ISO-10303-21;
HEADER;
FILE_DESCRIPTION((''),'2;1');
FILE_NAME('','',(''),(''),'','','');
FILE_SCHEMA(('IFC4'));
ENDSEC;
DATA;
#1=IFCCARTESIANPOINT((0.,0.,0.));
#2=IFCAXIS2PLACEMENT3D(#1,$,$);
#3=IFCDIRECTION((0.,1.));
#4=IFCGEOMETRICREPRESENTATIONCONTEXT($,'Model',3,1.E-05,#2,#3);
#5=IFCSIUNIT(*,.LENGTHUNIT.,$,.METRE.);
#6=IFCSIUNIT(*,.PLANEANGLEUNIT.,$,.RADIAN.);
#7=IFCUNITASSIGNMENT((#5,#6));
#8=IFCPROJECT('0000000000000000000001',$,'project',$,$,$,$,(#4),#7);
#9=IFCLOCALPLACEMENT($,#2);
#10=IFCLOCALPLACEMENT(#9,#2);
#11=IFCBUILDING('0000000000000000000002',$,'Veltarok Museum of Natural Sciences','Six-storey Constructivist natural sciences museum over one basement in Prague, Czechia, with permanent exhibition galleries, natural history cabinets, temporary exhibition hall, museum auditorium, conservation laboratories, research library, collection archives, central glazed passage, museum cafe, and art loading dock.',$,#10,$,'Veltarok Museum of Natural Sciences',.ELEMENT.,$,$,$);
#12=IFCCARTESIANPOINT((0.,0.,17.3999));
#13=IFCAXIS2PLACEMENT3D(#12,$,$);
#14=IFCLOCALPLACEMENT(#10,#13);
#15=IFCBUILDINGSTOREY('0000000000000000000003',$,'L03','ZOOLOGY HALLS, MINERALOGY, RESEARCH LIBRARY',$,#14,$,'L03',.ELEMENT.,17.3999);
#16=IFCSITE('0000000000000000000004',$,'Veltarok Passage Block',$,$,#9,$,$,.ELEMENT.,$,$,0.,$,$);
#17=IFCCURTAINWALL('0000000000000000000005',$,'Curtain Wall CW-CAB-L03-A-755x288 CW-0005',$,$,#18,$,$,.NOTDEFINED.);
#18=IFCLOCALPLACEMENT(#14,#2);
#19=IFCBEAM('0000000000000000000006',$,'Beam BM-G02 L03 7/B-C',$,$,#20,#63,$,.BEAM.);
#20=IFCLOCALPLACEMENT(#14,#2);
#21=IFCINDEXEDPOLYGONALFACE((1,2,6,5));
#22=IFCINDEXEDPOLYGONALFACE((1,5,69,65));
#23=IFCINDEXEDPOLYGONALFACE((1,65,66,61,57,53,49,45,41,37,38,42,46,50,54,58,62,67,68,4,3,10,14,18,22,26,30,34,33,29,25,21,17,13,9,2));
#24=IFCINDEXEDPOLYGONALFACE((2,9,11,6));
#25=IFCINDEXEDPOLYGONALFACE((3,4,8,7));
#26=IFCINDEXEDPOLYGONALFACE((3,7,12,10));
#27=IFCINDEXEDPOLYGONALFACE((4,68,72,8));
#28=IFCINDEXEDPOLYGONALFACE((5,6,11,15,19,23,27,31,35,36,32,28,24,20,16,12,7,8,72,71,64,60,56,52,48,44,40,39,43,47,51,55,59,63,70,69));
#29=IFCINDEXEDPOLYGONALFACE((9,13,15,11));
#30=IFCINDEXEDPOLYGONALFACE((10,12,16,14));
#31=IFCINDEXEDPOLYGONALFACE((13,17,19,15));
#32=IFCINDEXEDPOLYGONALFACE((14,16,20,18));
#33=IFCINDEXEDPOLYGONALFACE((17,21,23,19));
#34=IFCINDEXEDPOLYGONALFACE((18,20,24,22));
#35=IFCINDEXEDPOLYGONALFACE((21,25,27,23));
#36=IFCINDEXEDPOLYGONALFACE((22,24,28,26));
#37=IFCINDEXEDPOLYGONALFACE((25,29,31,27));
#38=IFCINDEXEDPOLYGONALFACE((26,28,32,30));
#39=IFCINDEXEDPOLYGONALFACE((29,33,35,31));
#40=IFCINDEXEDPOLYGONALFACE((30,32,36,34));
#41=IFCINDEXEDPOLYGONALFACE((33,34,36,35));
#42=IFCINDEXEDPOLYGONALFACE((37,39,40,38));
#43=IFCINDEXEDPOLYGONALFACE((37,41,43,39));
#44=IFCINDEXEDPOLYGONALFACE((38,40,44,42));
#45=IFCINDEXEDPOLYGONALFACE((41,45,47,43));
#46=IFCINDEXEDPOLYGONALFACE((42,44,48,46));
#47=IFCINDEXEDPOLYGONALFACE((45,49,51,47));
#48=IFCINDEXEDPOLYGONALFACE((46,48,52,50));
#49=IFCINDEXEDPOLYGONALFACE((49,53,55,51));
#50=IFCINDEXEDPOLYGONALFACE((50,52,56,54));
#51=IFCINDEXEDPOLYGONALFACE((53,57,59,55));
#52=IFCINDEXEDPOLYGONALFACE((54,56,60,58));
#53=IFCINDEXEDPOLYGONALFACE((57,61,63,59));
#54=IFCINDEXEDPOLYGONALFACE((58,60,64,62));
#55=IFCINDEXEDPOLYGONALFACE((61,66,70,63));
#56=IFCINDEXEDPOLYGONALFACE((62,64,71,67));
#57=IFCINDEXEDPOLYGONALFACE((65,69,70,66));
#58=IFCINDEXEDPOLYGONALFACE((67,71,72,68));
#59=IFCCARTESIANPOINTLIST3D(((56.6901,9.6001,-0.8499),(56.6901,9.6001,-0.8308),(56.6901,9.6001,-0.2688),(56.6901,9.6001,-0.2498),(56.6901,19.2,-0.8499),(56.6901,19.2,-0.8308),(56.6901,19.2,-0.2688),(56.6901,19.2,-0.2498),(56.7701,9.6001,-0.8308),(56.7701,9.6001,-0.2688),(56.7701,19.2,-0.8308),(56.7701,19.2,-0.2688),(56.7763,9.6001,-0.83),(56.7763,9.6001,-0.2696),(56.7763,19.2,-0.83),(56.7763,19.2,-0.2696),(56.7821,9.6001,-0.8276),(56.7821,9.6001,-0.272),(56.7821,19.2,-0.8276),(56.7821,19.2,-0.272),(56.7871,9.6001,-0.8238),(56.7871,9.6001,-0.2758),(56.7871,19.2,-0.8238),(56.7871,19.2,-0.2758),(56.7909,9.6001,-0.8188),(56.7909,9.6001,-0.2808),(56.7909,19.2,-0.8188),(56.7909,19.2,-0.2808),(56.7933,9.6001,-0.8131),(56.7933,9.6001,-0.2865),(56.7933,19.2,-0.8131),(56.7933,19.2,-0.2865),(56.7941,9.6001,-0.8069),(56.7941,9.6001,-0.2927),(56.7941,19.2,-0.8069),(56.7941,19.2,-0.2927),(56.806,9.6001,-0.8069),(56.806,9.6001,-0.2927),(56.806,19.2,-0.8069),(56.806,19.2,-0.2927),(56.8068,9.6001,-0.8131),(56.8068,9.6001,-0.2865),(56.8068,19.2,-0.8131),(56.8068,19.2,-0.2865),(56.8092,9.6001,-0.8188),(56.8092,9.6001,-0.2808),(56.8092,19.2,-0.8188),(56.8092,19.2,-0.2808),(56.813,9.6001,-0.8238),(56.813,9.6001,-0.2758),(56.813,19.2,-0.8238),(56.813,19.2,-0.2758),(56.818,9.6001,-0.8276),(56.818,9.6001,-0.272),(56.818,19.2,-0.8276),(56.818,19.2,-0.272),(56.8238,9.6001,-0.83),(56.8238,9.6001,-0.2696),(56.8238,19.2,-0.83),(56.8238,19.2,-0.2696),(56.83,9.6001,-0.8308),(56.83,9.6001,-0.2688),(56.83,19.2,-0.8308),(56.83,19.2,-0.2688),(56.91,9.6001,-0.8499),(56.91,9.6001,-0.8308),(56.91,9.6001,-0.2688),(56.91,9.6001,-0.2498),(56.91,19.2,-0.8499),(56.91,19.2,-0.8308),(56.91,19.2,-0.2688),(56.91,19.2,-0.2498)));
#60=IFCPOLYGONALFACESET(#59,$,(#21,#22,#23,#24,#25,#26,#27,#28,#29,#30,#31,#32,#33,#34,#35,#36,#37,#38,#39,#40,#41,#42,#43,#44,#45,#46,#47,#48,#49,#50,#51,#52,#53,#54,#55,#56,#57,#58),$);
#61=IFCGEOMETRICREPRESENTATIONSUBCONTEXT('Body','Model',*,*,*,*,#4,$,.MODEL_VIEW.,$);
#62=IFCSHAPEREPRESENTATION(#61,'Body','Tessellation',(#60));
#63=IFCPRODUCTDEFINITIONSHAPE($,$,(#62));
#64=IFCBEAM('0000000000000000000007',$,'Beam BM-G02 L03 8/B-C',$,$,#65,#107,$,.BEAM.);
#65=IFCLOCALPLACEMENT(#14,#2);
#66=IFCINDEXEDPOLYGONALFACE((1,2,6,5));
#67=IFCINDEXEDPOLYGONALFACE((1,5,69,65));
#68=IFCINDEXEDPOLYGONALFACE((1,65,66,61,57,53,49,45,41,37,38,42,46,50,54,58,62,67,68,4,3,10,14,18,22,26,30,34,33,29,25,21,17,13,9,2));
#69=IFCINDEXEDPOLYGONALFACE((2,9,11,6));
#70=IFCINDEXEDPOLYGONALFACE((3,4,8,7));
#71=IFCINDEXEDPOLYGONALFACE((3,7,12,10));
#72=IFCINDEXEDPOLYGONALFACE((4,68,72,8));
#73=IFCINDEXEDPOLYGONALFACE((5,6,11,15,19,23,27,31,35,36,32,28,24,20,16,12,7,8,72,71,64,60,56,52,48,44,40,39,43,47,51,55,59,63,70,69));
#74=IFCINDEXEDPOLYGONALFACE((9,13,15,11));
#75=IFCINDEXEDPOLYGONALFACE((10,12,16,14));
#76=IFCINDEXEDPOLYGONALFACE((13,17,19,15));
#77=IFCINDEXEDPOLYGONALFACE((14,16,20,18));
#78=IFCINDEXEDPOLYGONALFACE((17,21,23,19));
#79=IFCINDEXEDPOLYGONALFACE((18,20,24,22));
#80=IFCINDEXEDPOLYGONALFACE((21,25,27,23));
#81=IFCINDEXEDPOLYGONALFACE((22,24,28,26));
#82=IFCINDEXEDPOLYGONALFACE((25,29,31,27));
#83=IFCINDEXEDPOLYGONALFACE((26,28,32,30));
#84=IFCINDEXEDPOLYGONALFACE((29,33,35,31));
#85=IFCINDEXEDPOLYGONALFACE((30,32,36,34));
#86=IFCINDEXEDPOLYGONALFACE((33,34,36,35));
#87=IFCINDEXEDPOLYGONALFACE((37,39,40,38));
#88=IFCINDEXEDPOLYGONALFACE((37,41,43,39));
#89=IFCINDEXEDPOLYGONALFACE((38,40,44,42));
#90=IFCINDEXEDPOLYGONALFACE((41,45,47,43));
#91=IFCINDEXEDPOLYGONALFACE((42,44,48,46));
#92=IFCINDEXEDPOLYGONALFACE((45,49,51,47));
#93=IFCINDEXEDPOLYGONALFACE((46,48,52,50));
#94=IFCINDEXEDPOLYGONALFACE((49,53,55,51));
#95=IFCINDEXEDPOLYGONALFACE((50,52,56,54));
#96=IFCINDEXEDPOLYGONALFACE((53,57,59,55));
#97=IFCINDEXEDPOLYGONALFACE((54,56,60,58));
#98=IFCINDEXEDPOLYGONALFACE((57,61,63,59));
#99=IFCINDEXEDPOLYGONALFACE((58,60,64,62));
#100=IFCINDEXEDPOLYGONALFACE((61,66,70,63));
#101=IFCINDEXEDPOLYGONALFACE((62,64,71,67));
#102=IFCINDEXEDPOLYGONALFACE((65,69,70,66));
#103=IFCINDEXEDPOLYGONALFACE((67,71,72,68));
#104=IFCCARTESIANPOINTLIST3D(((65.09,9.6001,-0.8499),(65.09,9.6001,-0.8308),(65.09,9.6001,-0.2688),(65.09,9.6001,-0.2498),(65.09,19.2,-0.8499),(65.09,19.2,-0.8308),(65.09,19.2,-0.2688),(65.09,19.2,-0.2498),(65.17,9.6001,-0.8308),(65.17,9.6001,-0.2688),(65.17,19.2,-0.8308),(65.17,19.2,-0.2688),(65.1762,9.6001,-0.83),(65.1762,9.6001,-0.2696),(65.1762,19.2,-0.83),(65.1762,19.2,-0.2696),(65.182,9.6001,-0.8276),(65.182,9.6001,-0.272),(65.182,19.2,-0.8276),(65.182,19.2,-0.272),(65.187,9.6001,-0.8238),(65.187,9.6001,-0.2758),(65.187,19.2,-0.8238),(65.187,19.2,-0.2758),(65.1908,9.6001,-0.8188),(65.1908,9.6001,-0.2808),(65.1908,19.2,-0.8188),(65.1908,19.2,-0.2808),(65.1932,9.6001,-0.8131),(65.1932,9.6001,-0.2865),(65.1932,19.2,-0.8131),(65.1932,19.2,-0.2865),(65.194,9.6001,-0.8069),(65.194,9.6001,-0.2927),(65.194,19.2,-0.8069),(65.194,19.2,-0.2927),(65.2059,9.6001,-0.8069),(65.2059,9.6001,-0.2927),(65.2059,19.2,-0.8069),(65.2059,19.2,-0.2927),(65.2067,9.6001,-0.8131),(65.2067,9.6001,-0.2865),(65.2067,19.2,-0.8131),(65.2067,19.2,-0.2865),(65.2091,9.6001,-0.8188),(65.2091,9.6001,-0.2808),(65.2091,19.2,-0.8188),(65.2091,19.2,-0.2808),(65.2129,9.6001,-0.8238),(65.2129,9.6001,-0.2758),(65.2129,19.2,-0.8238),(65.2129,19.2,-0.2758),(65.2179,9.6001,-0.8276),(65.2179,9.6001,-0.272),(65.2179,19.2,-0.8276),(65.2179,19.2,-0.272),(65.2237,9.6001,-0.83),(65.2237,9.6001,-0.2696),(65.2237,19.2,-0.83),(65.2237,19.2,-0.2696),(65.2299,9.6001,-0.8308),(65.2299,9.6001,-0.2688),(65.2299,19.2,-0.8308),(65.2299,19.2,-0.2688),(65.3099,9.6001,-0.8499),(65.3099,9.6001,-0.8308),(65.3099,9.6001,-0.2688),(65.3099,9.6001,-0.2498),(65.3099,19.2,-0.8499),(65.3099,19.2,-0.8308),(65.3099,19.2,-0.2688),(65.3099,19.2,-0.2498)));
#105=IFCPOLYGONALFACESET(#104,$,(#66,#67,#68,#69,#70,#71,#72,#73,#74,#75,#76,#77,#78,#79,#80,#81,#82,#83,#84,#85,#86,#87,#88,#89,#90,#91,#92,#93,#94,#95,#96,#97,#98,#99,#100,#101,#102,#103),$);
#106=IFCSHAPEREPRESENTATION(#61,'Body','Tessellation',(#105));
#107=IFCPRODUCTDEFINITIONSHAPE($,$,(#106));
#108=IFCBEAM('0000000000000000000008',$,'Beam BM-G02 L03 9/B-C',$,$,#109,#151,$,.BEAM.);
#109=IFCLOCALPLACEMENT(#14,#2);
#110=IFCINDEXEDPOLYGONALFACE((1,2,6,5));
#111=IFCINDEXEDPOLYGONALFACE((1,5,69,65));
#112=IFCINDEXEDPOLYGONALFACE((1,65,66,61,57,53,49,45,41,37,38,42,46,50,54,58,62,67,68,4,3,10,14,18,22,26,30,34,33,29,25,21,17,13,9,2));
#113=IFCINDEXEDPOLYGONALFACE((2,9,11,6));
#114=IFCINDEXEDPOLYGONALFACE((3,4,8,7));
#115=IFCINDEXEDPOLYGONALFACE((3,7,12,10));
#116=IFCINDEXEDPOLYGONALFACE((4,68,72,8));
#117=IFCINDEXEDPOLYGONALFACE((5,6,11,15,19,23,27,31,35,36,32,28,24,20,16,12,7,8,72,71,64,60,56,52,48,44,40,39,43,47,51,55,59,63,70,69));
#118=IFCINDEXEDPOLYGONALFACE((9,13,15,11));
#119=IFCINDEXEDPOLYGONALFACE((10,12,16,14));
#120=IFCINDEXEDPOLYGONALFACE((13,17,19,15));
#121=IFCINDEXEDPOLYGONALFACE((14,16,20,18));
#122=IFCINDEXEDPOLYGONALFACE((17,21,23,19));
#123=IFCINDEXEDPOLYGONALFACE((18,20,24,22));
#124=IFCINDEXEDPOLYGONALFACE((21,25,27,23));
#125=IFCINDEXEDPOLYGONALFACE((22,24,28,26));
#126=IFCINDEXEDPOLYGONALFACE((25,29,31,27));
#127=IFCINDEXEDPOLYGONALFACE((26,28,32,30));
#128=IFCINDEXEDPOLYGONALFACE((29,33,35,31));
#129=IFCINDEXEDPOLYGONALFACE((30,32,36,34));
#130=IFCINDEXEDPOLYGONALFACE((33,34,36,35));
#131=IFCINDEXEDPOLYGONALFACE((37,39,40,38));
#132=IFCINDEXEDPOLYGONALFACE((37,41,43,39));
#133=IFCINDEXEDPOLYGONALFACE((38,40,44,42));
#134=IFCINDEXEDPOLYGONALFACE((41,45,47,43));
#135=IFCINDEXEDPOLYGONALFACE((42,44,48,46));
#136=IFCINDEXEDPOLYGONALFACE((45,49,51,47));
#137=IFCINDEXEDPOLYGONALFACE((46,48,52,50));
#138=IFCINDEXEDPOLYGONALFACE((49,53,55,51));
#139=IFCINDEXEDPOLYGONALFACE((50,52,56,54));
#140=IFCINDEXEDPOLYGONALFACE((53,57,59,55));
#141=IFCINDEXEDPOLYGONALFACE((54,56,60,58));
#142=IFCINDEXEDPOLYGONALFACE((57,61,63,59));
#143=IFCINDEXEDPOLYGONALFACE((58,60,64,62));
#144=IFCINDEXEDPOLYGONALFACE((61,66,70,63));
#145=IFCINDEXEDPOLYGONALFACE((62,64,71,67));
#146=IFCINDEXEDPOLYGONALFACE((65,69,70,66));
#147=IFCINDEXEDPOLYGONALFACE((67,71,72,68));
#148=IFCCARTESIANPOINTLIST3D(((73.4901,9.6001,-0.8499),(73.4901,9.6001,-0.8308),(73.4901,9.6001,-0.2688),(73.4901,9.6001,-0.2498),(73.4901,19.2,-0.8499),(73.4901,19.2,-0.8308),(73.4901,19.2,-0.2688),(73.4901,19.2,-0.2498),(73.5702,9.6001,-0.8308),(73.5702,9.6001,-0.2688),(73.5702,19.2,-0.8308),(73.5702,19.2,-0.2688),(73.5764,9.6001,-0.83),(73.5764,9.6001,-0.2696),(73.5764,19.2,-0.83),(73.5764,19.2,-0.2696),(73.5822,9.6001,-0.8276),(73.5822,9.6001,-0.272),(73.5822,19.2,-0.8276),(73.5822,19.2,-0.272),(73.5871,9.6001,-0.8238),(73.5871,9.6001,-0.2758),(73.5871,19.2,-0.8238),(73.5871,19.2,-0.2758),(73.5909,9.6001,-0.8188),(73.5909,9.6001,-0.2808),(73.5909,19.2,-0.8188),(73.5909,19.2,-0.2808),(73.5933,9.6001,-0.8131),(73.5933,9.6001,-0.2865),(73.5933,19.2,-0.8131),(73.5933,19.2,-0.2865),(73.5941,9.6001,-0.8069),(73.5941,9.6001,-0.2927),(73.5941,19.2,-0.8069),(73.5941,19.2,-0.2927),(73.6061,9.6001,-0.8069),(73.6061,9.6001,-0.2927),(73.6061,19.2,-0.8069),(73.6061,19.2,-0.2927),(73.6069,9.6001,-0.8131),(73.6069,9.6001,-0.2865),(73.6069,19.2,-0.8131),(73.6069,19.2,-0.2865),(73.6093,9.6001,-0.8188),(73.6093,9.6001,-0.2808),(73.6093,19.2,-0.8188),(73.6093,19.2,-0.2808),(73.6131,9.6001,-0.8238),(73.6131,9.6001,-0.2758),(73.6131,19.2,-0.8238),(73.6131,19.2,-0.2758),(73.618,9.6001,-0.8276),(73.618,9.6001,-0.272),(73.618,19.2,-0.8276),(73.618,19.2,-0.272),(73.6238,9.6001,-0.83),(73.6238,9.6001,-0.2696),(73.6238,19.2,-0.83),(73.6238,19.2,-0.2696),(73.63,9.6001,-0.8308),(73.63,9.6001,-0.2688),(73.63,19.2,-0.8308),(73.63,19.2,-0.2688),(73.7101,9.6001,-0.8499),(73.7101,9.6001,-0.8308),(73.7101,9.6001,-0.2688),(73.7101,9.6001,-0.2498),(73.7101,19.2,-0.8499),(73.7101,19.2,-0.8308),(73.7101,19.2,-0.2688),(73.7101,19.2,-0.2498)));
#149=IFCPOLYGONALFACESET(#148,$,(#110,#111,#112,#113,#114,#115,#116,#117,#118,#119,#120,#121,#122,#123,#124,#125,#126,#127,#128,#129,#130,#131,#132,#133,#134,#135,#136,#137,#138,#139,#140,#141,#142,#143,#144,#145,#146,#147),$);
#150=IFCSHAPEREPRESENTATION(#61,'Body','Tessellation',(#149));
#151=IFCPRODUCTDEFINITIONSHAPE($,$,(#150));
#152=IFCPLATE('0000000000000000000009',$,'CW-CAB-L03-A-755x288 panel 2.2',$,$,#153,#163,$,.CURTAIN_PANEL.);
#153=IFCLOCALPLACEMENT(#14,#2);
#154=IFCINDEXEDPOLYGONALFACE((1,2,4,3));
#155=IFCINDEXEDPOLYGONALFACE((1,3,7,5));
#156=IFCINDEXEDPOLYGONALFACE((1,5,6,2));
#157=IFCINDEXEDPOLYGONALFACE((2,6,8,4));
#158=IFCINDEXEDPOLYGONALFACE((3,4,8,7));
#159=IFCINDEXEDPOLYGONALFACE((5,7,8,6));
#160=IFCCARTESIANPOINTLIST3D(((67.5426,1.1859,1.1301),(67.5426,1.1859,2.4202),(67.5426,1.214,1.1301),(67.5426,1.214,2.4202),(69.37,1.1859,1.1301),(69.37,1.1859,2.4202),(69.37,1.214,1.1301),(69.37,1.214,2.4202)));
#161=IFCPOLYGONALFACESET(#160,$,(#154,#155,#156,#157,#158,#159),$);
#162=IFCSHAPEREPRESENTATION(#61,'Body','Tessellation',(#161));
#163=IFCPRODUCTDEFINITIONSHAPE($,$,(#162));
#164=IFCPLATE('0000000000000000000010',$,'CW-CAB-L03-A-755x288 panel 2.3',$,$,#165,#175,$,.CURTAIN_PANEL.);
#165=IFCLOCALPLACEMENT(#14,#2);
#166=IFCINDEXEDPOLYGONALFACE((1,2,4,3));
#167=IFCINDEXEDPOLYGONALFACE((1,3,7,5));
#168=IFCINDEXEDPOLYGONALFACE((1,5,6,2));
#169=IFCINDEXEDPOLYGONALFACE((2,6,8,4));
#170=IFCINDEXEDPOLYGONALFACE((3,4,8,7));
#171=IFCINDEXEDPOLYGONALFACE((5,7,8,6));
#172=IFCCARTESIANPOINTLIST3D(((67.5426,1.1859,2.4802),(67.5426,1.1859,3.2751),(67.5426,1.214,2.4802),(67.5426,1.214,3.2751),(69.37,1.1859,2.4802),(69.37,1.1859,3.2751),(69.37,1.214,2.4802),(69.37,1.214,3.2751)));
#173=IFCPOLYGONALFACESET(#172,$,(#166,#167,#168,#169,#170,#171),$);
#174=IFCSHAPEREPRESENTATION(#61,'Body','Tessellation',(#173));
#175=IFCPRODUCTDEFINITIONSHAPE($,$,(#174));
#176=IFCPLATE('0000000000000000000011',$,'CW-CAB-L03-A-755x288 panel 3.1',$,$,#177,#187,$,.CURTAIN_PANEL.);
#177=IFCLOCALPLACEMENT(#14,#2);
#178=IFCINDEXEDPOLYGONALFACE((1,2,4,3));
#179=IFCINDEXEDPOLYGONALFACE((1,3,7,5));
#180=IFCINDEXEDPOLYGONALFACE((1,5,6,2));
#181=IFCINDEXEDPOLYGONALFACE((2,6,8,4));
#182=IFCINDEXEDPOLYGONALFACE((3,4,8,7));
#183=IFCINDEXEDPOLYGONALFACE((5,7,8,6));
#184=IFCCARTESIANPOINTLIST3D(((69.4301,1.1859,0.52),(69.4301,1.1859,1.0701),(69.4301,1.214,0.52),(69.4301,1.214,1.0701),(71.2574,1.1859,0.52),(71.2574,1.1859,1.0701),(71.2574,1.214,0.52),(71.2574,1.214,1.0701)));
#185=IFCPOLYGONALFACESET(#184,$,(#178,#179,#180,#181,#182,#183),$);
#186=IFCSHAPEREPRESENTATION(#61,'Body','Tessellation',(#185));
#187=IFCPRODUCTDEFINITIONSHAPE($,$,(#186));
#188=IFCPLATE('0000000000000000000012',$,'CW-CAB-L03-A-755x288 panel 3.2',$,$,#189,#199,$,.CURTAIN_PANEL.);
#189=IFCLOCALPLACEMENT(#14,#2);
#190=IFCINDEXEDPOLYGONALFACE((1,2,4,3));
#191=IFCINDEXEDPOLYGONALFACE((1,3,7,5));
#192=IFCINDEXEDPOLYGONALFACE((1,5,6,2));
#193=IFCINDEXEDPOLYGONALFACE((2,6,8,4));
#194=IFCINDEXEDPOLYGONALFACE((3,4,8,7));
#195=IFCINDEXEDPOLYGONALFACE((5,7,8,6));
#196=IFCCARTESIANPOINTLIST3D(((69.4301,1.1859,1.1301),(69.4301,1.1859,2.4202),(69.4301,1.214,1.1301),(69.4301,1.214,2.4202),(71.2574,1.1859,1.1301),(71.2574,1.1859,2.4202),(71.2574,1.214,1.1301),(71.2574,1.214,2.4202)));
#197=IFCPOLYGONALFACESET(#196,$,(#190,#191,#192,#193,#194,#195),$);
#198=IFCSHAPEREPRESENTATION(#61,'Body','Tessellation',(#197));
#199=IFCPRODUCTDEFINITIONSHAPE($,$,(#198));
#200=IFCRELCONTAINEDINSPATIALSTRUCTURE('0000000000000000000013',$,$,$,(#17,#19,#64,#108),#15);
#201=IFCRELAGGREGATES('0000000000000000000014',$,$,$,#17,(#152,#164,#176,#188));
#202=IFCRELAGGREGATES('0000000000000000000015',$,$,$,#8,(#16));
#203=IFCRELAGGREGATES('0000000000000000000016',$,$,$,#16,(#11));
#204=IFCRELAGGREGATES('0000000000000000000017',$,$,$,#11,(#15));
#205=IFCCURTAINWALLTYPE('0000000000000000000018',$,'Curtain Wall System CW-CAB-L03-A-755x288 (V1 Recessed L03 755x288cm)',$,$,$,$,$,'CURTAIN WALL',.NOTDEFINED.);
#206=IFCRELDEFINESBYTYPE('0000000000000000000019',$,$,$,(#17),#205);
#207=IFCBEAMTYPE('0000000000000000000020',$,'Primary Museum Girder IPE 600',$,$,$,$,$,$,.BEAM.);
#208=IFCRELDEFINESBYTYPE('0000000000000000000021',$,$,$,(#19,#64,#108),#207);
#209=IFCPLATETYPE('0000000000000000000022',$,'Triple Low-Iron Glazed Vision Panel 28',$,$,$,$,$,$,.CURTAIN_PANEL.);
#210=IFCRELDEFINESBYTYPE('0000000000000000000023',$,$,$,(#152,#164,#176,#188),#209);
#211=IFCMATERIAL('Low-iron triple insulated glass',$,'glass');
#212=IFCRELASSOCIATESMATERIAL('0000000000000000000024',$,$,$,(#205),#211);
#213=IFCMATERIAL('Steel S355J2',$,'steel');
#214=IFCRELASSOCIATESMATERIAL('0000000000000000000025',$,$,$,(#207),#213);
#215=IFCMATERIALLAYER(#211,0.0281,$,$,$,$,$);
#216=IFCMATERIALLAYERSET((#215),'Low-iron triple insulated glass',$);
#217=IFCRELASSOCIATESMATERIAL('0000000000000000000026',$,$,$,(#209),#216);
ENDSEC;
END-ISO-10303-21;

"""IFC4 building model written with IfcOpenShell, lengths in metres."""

from ifc_helpers import new_model, si_unit, direction, frame, origin, origin_2d, place, context, subcontext, project, spatial, rectangle, i_section, extrude, material, layer, layer_set, material_profile, profile_set, type_object, element, aggregate, save


model = new_model("IFC4")

# Units and contexts
model_context = context("Model", 3, precision=1e-05, world=origin(), true_north=direction((0.0, 1.0)))
body_context = subcontext(model_context, "Body", "Model", "MODEL_VIEW")
ifc_project = project(units=[si_unit("LENGTHUNIT", "METRE"), si_unit("PLANEANGLEUNIT", "RADIAN")], contexts=[model_context])

# Site, building, storey
site_placement = place(None, origin())
site = spatial("IfcSite", under=ifc_project, at=site_placement, Name="Veltarok Passage Block", CompositionType="ELEMENT", RefElevation=0.0)
building_placement = place(site_placement, origin())
building = spatial("IfcBuilding", under=site, at=building_placement, Name="Veltarok Museum of Natural Sciences", Description="Six-storey Constructivist natural sciences museum over one basement in Prague, Czechia, with permanent exhibition galleries, natural history cabinets, temporary exhibition hall, museum auditorium, conservation laboratories, research library, collection archives, central glazed passage, museum cafe, and art loading dock.", LongName="Veltarok Museum of Natural Sciences", CompositionType="ELEMENT")
storey_placement = place(building_placement, frame((0.0, 0.0, 17.3999)))
storey = spatial("IfcBuildingStorey", under=building, at=storey_placement, Name="L03", Description="ZOOLOGY HALLS, MINERALOGY, RESEARCH LIBRARY", LongName="L03", CompositionType="ELEMENT", Elevation=17.3999)

# Shared definitions
ifc_material_1 = material(Name="Steel S355J2", Category="steel")

# Curtain wall
ifc_material_2 = material(Name="Low-iron triple insulated glass", Category="glass")
curtain_wall_type = type_object("IfcCurtainWallType", Name="Curtain Wall System CW-CAB-L03-A-755x288 (V1 Recessed L03 755x288cm)", ElementType="CURTAIN WALL", PredefinedType="NOTDEFINED", material=ifc_material_2)
curtain_wall_placement = place(storey_placement, origin())
curtain_wall = element("IfcCurtainWall", 1, at=curtain_wall_placement, inside=storey, type_object=curtain_wall_type, Name="Curtain Wall CW-CAB-L03-A-755x288 CW-0005", PredefinedType="NOTDEFINED")

# Beams
ifc_material_profile_1 = material_profile(ifc_material_1, i_section(OverallWidth=0.22, OverallDepth=0.6001, WebThickness=0.012, FlangeThickness=0.019, FilletRadius=0.0239, at=origin_2d()), Name="IPE 600")
ifc_profile_set_1 = profile_set([ifc_material_profile_1], Name="Steel S355J2")
beam_type_1 = type_object("IfcBeamType", Name="Primary Museum Girder IPE 600", PredefinedType="BEAM", material=ifc_profile_set_1)
for number, where, z_axis, x_axis, name in (
    (2, (56.8, 9.6001, -0.5498), (0.0, 1.0, 0.0), (-1.0, 0.0, 0.0), "Beam BM-G02 L03 7/B-C"),
    (3, (65.2, 9.6001, -0.5498), (0.0, 1.0, 0.0), (-1.0, 0.0, 0.0), "Beam BM-G02 L03 8/B-C"),
    (4, (73.6001, 9.6001, -0.5498), (0.0, 1.0, 0.0), (-1.0, 0.0, 0.0), "Beam BM-G02 L03 9/B-C"),
):
    element("IfcBeam", number, at=place(storey_placement, frame(where, z_axis=z_axis, x_axis=x_axis)), inside=storey, type_object=beam_type_1, Name=name, PredefinedType="BEAM", context=body_context, shape_type="SweptSolid", body=[
        extrude(i_section(OverallWidth=0.22, OverallDepth=0.6001, WebThickness=0.012, FlangeThickness=0.019, FilletRadius=0.0239, at=origin_2d()), origin(), (0.0, 0.0, 1.0), 9.5999),
    ])

# Plates
ifc_layer_1 = layer(ifc_material_2, 0.0281)
ifc_layer_set_1 = layer_set([ifc_layer_1], Name="Low-iron triple insulated glass")
plate_type = type_object("IfcPlateType", Name="Triple Low-Iron Glazed Vision Panel 28", PredefinedType="CURTAIN_PANEL", material=ifc_layer_set_1)
plate_1_placement = place(storey_placement, frame((68.4563, 1.2, 1.1301), z_axis=(0.0, 0.0, 1.0), x_axis=(1.0, 0.0, 0.0)))
plate_1 = element("IfcPlate", 5, at=plate_1_placement, type_object=plate_type, Name="CW-CAB-L03-A-755x288 panel 2.2", PredefinedType="CURTAIN_PANEL", context=body_context, shape_type="SweptSolid", body=[
    extrude(rectangle(XDim=1.8274, YDim=0.0281, at=origin_2d()), origin(), (0.0, 0.0, 1.0), 1.29),
])
plate_2_placement = place(storey_placement, frame((68.4563, 1.2, 2.4802), z_axis=(0.0, 0.0, 1.0), x_axis=(1.0, 0.0, 0.0)))
plate_2 = element("IfcPlate", 6, at=plate_2_placement, type_object=plate_type, Name="CW-CAB-L03-A-755x288 panel 2.3", PredefinedType="CURTAIN_PANEL", context=body_context, shape_type="SweptSolid", body=[
    extrude(rectangle(XDim=1.8274, YDim=0.0281, at=origin_2d()), origin(), (0.0, 0.0, 1.0), 0.7949),
])
plate_3_placement = place(storey_placement, frame((70.3438, 1.2, 0.52), z_axis=(0.0, 0.0, 1.0), x_axis=(1.0, 0.0, 0.0)))
plate_3 = element("IfcPlate", 7, at=plate_3_placement, type_object=plate_type, Name="CW-CAB-L03-A-755x288 panel 3.1", PredefinedType="CURTAIN_PANEL", context=body_context, shape_type="SweptSolid", body=[
    extrude(rectangle(XDim=1.8274, YDim=0.0281, at=origin_2d()), origin(), (0.0, 0.0, 1.0), 0.55),
])
plate_4_placement = place(storey_placement, frame((70.3438, 1.2, 1.1301), z_axis=(0.0, 0.0, 1.0), x_axis=(1.0, 0.0, 0.0)))
plate_4 = element("IfcPlate", 8, at=plate_4_placement, type_object=plate_type, Name="CW-CAB-L03-A-755x288 panel 3.2", PredefinedType="CURTAIN_PANEL", context=body_context, shape_type="SweptSolid", body=[
    extrude(rectangle(XDim=1.8274, YDim=0.0281, at=origin_2d()), origin(), (0.0, 0.0, 1.0), 1.29),
])
aggregate(curtain_wall, [plate_1, plate_2, plate_3, plate_4])

save(model, "model.ifc")
